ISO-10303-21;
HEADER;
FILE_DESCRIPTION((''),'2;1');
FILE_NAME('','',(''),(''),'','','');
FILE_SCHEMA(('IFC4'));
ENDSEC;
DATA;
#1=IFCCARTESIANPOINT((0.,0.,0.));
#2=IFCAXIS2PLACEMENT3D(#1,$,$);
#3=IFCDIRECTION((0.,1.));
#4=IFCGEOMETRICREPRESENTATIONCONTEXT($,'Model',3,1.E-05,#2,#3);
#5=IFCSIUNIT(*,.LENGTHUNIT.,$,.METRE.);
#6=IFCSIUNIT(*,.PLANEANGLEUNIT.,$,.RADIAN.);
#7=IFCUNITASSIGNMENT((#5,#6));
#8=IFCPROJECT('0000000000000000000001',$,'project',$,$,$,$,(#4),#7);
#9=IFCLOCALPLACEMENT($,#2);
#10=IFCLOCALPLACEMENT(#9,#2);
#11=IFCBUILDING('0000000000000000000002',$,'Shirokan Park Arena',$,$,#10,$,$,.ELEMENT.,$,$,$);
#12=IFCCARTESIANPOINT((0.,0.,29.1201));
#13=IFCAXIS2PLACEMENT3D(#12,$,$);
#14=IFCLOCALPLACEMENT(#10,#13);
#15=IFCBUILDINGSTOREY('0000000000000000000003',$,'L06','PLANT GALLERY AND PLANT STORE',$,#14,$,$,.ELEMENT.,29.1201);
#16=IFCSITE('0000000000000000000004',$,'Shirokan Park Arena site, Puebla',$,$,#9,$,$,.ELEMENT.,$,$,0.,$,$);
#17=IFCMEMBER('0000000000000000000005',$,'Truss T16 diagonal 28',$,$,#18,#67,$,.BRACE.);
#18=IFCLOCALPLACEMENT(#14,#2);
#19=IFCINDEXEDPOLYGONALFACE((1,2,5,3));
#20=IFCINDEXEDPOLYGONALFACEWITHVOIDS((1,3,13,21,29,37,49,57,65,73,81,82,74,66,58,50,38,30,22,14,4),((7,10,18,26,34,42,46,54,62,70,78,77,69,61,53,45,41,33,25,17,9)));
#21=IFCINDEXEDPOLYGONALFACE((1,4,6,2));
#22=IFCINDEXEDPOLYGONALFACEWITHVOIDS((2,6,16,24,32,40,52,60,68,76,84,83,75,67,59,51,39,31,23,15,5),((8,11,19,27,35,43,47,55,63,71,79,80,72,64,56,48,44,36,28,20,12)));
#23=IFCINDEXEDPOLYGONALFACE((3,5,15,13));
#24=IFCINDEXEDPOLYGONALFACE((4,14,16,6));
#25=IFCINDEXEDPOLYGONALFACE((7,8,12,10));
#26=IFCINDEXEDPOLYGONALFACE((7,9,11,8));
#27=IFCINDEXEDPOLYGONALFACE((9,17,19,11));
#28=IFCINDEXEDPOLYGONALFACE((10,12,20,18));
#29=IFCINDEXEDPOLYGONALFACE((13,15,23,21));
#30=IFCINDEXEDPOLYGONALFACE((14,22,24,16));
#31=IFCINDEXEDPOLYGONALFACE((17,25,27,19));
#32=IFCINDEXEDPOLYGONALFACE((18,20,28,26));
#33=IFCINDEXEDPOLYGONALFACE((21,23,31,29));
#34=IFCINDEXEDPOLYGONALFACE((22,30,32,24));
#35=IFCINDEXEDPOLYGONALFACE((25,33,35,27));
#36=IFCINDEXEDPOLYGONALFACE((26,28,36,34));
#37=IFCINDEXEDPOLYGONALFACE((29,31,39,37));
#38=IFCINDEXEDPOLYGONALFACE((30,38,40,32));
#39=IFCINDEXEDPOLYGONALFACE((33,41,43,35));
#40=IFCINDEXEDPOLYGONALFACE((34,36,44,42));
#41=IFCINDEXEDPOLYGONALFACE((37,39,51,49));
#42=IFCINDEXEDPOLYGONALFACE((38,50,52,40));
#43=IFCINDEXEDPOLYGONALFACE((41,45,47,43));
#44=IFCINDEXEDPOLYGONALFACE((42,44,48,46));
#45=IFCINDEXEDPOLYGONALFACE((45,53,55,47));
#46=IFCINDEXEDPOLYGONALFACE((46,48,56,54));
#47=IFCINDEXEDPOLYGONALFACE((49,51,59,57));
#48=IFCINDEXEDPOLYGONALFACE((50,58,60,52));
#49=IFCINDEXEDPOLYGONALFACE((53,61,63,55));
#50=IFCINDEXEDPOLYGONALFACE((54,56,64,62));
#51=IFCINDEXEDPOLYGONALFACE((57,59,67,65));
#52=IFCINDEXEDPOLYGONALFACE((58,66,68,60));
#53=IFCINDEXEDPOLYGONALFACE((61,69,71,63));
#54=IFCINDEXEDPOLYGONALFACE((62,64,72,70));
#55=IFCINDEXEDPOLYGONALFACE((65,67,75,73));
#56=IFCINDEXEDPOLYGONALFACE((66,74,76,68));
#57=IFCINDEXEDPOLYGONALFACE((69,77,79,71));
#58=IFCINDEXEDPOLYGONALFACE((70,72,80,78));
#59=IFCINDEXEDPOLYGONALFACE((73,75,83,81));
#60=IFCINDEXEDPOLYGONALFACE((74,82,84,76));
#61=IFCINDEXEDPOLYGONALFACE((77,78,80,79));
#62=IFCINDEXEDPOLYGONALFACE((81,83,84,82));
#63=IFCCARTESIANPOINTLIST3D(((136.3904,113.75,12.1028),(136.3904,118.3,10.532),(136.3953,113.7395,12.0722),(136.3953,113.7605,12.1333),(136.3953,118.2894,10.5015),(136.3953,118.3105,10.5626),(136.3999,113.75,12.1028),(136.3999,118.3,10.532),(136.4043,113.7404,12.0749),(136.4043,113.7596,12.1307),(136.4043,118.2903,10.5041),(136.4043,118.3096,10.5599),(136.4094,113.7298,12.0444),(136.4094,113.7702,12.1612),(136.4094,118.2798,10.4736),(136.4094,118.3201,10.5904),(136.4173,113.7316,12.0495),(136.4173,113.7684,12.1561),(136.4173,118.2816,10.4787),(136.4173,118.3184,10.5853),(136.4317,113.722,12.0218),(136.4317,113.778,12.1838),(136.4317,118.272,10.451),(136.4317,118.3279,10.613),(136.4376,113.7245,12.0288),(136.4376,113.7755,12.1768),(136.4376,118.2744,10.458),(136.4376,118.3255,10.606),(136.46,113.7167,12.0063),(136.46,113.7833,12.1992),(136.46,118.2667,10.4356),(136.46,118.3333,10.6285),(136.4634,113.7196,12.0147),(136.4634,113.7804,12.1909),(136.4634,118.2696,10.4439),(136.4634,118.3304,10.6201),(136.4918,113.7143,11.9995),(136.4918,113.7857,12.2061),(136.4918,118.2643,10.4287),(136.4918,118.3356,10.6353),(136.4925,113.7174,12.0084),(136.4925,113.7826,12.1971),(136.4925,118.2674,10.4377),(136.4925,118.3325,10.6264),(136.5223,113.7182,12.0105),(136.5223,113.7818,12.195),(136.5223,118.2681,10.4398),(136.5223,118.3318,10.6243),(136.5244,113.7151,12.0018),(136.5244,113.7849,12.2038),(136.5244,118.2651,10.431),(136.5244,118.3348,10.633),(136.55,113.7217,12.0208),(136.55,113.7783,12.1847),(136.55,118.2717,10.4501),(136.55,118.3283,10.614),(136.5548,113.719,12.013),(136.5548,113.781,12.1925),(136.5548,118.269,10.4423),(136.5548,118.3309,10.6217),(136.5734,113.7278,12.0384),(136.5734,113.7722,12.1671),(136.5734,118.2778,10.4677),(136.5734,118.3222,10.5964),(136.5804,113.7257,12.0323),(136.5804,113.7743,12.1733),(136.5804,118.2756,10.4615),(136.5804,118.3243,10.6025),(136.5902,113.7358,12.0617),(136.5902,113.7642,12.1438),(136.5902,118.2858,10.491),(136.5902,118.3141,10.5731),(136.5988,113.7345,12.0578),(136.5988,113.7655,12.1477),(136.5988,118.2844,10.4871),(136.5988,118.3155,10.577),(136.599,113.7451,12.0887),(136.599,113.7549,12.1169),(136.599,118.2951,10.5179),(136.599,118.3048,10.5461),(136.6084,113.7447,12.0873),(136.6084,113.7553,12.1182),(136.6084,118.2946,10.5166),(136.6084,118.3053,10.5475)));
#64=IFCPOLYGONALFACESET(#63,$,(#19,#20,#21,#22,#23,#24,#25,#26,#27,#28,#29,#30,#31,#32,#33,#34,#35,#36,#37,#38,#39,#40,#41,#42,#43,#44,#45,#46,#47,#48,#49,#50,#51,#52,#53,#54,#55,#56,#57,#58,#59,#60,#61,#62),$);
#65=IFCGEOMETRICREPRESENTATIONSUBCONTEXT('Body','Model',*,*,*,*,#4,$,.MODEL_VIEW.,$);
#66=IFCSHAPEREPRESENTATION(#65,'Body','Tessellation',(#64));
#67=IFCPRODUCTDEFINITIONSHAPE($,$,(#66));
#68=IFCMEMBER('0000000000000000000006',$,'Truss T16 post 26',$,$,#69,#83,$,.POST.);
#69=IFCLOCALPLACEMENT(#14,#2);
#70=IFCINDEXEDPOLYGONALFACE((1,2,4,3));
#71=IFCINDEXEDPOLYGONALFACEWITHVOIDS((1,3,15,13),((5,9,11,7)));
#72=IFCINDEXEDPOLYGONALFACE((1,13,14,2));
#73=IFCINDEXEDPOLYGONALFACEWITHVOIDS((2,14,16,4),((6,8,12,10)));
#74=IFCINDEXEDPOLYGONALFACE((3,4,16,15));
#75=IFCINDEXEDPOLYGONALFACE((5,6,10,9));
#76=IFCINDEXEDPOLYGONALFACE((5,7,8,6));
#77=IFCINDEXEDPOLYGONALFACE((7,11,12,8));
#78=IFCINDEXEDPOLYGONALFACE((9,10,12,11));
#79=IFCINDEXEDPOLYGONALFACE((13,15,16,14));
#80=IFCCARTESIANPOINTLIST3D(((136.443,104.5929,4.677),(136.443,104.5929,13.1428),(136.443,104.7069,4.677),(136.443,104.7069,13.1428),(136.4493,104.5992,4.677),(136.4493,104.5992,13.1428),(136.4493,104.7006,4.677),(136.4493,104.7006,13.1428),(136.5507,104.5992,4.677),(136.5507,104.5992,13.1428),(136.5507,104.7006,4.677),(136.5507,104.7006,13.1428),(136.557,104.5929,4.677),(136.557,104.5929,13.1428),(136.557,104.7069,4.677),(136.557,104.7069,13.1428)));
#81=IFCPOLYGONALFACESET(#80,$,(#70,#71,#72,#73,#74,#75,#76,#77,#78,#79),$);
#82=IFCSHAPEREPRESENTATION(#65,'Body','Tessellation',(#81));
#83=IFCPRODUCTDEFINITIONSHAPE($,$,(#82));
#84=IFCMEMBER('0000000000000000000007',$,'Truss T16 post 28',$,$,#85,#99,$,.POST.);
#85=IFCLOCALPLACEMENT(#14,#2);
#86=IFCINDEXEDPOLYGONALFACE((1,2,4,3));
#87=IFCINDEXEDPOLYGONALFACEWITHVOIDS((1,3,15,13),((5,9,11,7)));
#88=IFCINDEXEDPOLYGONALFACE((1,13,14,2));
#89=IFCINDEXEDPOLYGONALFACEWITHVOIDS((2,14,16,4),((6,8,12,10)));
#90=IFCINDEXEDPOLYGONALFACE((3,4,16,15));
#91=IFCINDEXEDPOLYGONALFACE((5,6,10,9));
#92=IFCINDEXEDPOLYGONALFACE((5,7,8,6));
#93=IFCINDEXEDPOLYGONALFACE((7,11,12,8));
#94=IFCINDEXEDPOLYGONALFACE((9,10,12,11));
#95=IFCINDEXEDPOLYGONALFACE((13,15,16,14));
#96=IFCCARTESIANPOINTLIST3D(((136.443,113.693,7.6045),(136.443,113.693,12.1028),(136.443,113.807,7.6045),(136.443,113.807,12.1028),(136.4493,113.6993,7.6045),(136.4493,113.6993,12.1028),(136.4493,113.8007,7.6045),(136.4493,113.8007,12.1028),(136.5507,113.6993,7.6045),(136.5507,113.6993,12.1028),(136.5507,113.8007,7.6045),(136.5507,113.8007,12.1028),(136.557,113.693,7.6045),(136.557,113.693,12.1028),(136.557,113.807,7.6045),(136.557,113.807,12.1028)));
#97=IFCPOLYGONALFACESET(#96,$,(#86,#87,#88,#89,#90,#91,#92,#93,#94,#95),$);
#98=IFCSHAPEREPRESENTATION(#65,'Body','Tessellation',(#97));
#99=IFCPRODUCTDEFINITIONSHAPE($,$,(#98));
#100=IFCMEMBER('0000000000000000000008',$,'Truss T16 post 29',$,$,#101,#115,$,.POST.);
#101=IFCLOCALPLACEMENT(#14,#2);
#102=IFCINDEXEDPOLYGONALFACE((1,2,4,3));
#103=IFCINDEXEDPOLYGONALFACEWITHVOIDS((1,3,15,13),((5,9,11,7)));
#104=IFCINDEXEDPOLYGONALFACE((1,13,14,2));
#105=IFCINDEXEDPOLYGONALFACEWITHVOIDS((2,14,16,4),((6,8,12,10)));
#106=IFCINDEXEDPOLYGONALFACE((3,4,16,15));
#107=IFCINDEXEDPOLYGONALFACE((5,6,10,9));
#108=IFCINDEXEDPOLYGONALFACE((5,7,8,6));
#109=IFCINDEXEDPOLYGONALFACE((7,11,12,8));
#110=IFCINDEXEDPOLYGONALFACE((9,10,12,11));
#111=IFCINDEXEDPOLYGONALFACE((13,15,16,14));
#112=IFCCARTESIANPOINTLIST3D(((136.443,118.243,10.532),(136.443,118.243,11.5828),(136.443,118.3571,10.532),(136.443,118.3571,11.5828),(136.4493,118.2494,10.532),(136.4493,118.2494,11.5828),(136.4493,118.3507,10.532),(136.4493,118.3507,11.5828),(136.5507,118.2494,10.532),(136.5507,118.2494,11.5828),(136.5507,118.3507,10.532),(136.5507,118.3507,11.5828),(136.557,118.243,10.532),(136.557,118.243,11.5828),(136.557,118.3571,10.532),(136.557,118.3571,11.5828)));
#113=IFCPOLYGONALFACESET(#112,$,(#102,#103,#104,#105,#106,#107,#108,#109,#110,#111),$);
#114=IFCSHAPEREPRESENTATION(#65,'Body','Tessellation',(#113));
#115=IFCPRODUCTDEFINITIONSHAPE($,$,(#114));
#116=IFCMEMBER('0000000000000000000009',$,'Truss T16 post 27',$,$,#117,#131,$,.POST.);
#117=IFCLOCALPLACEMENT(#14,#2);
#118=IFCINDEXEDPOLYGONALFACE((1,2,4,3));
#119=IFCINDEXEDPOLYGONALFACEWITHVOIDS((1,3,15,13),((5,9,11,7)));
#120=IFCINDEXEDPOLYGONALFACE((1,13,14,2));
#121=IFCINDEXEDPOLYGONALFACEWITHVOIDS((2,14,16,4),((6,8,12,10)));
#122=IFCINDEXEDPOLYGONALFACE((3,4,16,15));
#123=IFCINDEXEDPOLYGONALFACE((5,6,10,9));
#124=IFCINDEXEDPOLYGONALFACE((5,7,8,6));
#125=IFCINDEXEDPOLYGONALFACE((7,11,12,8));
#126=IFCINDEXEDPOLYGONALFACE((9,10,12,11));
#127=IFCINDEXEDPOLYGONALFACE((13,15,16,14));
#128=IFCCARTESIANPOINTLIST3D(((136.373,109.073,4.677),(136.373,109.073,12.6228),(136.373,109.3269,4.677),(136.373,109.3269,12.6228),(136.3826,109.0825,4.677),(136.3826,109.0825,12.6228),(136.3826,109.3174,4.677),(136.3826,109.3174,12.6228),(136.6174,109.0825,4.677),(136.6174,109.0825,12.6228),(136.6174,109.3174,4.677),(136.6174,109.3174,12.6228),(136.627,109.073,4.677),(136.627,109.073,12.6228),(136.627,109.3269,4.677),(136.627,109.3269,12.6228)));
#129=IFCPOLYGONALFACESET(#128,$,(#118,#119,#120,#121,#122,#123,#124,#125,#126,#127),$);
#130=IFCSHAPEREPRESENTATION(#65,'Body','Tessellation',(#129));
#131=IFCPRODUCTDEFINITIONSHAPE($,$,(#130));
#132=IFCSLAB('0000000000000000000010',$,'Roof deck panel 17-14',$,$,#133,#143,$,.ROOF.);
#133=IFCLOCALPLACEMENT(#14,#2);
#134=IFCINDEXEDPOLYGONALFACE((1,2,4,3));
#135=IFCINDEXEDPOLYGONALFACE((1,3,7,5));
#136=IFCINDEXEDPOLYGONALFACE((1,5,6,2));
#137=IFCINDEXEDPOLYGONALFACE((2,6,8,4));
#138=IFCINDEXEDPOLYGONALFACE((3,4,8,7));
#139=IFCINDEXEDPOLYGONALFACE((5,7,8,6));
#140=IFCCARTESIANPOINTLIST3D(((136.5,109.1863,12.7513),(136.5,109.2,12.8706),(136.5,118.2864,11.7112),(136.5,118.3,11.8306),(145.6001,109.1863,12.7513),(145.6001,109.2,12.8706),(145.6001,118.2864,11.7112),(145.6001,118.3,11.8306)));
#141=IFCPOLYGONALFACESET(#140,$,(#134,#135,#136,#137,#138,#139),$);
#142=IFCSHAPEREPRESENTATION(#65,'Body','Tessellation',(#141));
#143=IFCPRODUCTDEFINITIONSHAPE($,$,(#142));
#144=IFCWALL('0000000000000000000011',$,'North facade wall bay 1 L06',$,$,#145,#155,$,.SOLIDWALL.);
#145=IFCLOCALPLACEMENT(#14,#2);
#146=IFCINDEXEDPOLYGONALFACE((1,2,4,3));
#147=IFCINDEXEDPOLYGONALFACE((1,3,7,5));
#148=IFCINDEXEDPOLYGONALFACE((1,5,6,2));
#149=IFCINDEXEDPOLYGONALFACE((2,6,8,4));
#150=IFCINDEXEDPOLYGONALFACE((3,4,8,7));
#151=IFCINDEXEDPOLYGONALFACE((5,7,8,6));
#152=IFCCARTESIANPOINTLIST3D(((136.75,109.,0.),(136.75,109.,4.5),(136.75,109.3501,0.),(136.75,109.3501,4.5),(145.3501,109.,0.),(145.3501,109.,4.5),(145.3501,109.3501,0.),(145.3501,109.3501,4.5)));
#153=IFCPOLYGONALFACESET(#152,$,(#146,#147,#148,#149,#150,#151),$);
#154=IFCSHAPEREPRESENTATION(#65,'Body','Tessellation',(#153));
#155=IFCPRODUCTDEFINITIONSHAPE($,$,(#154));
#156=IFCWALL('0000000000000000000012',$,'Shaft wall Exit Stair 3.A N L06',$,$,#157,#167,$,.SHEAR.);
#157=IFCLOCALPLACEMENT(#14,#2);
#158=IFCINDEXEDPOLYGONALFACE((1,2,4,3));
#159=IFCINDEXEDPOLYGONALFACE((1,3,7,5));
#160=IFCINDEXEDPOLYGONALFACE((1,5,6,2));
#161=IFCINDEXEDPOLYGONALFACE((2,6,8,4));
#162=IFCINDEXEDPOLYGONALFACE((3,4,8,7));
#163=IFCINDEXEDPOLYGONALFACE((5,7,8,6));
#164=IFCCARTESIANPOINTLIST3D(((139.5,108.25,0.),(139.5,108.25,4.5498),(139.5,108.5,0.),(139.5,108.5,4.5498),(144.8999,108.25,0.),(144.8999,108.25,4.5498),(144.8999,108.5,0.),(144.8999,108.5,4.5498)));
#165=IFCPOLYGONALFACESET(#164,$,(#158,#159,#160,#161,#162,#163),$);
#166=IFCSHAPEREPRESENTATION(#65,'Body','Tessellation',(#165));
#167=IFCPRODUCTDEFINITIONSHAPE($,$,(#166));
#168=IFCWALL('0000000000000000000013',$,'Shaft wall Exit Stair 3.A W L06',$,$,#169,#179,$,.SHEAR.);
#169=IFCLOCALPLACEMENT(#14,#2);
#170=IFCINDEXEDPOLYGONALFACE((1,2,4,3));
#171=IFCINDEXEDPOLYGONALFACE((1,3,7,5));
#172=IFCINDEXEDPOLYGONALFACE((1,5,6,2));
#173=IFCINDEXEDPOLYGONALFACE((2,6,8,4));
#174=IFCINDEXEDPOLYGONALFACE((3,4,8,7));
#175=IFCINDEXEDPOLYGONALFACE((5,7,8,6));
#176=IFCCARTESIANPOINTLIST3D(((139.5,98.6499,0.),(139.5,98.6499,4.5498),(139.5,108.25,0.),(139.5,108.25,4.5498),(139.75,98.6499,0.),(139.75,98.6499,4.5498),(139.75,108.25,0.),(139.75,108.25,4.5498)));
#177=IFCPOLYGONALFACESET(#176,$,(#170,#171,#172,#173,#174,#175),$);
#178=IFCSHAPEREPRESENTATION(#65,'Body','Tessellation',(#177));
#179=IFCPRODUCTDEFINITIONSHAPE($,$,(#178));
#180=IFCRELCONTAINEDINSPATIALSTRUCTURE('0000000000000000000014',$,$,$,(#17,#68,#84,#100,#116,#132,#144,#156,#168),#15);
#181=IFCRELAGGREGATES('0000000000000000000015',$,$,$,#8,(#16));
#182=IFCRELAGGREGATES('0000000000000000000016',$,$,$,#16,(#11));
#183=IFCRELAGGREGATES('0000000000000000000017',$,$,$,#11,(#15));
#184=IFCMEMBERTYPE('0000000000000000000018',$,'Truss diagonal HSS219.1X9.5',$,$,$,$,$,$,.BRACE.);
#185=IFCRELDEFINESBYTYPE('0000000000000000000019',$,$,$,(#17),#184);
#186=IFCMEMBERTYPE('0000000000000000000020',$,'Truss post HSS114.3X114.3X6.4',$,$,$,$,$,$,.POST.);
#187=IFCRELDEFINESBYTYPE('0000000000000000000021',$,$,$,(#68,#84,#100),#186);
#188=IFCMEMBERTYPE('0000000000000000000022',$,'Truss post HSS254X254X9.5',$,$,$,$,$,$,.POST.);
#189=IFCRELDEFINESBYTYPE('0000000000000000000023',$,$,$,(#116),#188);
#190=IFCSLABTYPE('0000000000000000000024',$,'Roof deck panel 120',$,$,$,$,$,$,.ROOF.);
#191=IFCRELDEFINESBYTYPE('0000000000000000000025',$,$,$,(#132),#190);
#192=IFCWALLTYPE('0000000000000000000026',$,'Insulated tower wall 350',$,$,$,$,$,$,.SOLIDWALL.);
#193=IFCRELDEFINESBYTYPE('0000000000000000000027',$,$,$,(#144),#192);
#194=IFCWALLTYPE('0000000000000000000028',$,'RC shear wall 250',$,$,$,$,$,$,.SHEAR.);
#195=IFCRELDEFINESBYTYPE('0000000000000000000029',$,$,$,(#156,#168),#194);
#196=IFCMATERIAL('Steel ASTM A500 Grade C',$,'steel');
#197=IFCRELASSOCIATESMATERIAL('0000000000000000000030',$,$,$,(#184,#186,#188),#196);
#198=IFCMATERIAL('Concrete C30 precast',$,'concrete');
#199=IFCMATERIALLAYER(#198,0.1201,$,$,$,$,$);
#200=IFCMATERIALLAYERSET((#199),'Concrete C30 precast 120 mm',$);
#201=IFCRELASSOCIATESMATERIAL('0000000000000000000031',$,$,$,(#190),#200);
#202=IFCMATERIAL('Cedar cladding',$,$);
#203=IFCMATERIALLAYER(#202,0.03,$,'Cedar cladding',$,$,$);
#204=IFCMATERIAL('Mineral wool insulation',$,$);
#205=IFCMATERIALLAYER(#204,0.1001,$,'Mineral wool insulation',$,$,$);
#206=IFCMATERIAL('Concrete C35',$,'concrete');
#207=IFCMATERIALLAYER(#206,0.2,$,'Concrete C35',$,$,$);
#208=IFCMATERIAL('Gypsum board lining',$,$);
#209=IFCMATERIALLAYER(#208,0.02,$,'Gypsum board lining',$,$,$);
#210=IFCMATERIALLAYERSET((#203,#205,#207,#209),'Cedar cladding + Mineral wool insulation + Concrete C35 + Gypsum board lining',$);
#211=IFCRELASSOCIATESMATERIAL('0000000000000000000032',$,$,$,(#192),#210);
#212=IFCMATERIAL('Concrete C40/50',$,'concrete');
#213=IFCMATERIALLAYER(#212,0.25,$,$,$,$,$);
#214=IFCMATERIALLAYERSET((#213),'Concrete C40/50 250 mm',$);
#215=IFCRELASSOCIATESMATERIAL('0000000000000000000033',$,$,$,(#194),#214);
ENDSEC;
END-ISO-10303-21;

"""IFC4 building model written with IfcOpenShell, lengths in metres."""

from ifc_helpers import new_model, si_unit, direction, frame, frame_2d, origin, origin_2d, place, context, subcontext, project, spatial, polyline, rectangle, hollow_rectangle, hollow_circle, outline, extrude, material, layer, layer_set, material_profile, profile_set, type_object, element, save


model = new_model("IFC4")

# Units and contexts
model_context = context("Model", 3, precision=1e-05, world=origin(), true_north=direction((0.0, 1.0)))
body_context = subcontext(model_context, "Body", "Model", "MODEL_VIEW")
ifc_project = project(units=[si_unit("LENGTHUNIT", "METRE"), si_unit("PLANEANGLEUNIT", "RADIAN")], contexts=[model_context])

# Site, building, storey
site_placement = place(None, origin())
site = spatial("IfcSite", under=ifc_project, at=site_placement, Name="Shirokan Park Arena site, Puebla", CompositionType="ELEMENT", RefElevation=0.0)
building_placement = place(site_placement, origin())
building = spatial("IfcBuilding", under=site, at=building_placement, Name="Shirokan Park Arena", CompositionType="ELEMENT")
storey_placement = place(building_placement, frame((0.0, 0.0, 29.1201)))
storey = spatial("IfcBuildingStorey", under=building, at=storey_placement, Name="L06", Description="PLANT GALLERY AND PLANT STORE", CompositionType="ELEMENT", Elevation=29.1201)

# Shared definitions
ifc_material_1 = material(Name="Concrete C35", Category="concrete")

# Shared definitions
ifc_material_2 = material(Name="Steel ASTM A500 Grade C", Category="steel")

# Members
ifc_material_profile_1 = material_profile(ifc_material_2, hollow_circle(Radius=0.1096, WallThickness=0.0095, at=origin_2d()), Name="HSS219.1X9.5")
ifc_profile_set_1 = profile_set([ifc_material_profile_1], Name="Steel ASTM A500 Grade C")
member_type_1 = type_object("IfcMemberType", Name="Truss diagonal HSS219.1X9.5", PredefinedType="BRACE", material=ifc_profile_set_1)
member_1_placement = place(storey_placement, frame((136.5, 113.75, 12.1028), z_axis=(0.0, 0.945256, -0.326328), x_axis=(-1.0, 0.0, 0.0)))
element("IfcMember", 1, at=member_1_placement, inside=storey, type_object=member_type_1, Name="Truss T16 diagonal 28", PredefinedType="BRACE", context=body_context, shape_type="SweptSolid", body=[
    extrude(hollow_circle(Radius=0.1096, WallThickness=0.0095, at=origin_2d()), origin(), (0.0, 0.0, 1.0), 4.8135),
])
ifc_material_profile_2 = material_profile(ifc_material_2, hollow_rectangle(XDim=0.114, YDim=0.114, WallThickness=0.0063, at=origin_2d()), Name="HSS114.3X114.3X6.4")
ifc_profile_set_2 = profile_set([ifc_material_profile_2], Name="Steel ASTM A500 Grade C")
member_type_2 = type_object("IfcMemberType", Name="Truss post HSS114.3X114.3X6.4", PredefinedType="POST", material=ifc_profile_set_2)
member_2_placement = place(storey_placement, frame((136.5, 104.6499, 4.677), z_axis=(0.0, 0.0, 1.0), x_axis=(1.0, 0.0, 0.0)))
element("IfcMember", 2, at=member_2_placement, inside=storey, type_object=member_type_2, Name="Truss T16 post 26", PredefinedType="POST", context=body_context, shape_type="SweptSolid", body=[
    extrude(hollow_rectangle(XDim=0.114, YDim=0.114, WallThickness=0.0063, at=origin_2d()), origin(), (0.0, 0.0, 1.0), 8.4658),
])
member_3_placement = place(storey_placement, frame((136.5, 113.75, 7.6045), z_axis=(0.0, 0.0, 1.0), x_axis=(1.0, 0.0, 0.0)))
element("IfcMember", 3, at=member_3_placement, inside=storey, type_object=member_type_2, Name="Truss T16 post 28", PredefinedType="POST", context=body_context, shape_type="SweptSolid", body=[
    extrude(hollow_rectangle(XDim=0.114, YDim=0.114, WallThickness=0.0063, at=origin_2d()), origin(), (0.0, 0.0, 1.0), 4.4983),
])
member_4_placement = place(storey_placement, frame((136.5, 118.3, 10.532), z_axis=(0.0, 0.0, 1.0), x_axis=(1.0, 0.0, 0.0)))
element("IfcMember", 4, at=member_4_placement, inside=storey, type_object=member_type_2, Name="Truss T16 post 29", PredefinedType="POST", context=body_context, shape_type="SweptSolid", body=[
    extrude(hollow_rectangle(XDim=0.114, YDim=0.114, WallThickness=0.0063, at=origin_2d()), origin(), (0.0, 0.0, 1.0), 1.0508),
])
ifc_material_profile_3 = material_profile(ifc_material_2, hollow_rectangle(XDim=0.2539, YDim=0.2539, WallThickness=0.0095, at=origin_2d()), Name="HSS254X254X9.5")
ifc_profile_set_3 = profile_set([ifc_material_profile_3], Name="Steel ASTM A500 Grade C")
member_type_3 = type_object("IfcMemberType", Name="Truss post HSS254X254X9.5", PredefinedType="POST", material=ifc_profile_set_3)
member_5_placement = place(storey_placement, frame((136.5, 109.2, 4.677), z_axis=(0.0, 0.0, 1.0), x_axis=(1.0, 0.0, 0.0)))
element("IfcMember", 5, at=member_5_placement, inside=storey, type_object=member_type_3, Name="Truss T16 post 27", PredefinedType="POST", context=body_context, shape_type="SweptSolid", body=[
    extrude(hollow_rectangle(XDim=0.2539, YDim=0.2539, WallThickness=0.0095, at=origin_2d()), origin(), (0.0, 0.0, 1.0), 7.9458),
])

# Slab
ifc_material_3 = material(Name="Concrete C30 precast", Category="concrete")
ifc_layer_1 = layer(ifc_material_3, 0.1201)
ifc_layer_set_1 = layer_set([ifc_layer_1], Name="Concrete C30 precast 120 mm")
slab_type = type_object("IfcSlabType", Name="Roof deck panel 120", PredefinedType="ROOF", material=ifc_layer_set_1)
slab_placement = place(storey_placement, frame((136.5, 109.2, 12.8706), z_axis=(0.0, 0.11355, 0.993532), x_axis=(1.0, 0.0, 0.0)))
element("IfcSlab", 6, at=slab_placement, inside=storey, type_object=slab_type, Name="Roof deck panel 17-14", PredefinedType="ROOF", context=body_context, shape_type="SweptSolid", body=[
    extrude(outline(polyline([(0.0, 0.0), (9.1001, 0.0), (9.1001, 9.1593), (0.0, 9.1593), (0.0, 0.0)])), origin(), (0.0, 0.0, -1.0), 0.1201),
])

# Walls
ifc_material_4 = material(Name="Cedar cladding")
ifc_layer_2 = layer(ifc_material_4, 0.03, Name="Cedar cladding")
ifc_material_5 = material(Name="Mineral wool insulation")
ifc_layer_3 = layer(ifc_material_5, 0.1001, Name="Mineral wool insulation")
ifc_layer_4 = layer(ifc_material_1, 0.2, Name="Concrete C35")
ifc_material_6 = material(Name="Gypsum board lining")
ifc_layer_5 = layer(ifc_material_6, 0.02, Name="Gypsum board lining")
ifc_layer_set_2 = layer_set([ifc_layer_2, ifc_layer_3, ifc_layer_4, ifc_layer_5], Name="Cedar cladding + Mineral wool insulation + Concrete C35 + Gypsum board lining")
wall_type_1 = type_object("IfcWallType", Name="Insulated tower wall 350", PredefinedType="SOLIDWALL", material=ifc_layer_set_2)
wall_1_placement = place(storey_placement, frame((145.3501, 109.175, 0.0), z_axis=(0.0, 0.0, 1.0), x_axis=(-1.0, 0.0, 0.0)))
element("IfcWall", 7, at=wall_1_placement, inside=storey, type_object=wall_type_1, Name="North facade wall bay 1 L06", PredefinedType="SOLIDWALL", context=body_context, shape_type="SweptSolid", body=[
    extrude(rectangle(XDim=8.6001, YDim=0.3501, at=frame_2d((4.3, 0.0))), origin(), (0.0, 0.0, 1.0), 4.5),
])
ifc_material_7 = material(Name="Concrete C40/50", Category="concrete")
ifc_layer_6 = layer(ifc_material_7, 0.25)
ifc_layer_set_3 = layer_set([ifc_layer_6], Name="Concrete C40/50 250 mm")
wall_type_2 = type_object("IfcWallType", Name="RC shear wall 250", PredefinedType="SHEAR", material=ifc_layer_set_3)
wall_2_placement = place(storey_placement, frame((144.8999, 108.375, 0.0), z_axis=(0.0, 0.0, 1.0), x_axis=(-1.0, 0.0, 0.0)))
element("IfcWall", 8, at=wall_2_placement, inside=storey, type_object=wall_type_2, Name="Shaft wall Exit Stair 3.A N L06", PredefinedType="SHEAR", context=body_context, shape_type="SweptSolid", body=[
    extrude(rectangle(XDim=5.3999, YDim=0.25, at=frame_2d((2.7, 0.0))), origin(), (0.0, 0.0, 1.0), 4.5498),
])
for number, where, z_axis, x_axis, name in (
    (9, (139.625, 108.25, 0.0), (0.0, 0.0, 1.0), (0.0, -1.0, 0.0), "Shaft wall Exit Stair 3.A W L06"),
):
    element("IfcWall", number, at=place(storey_placement, frame(where, z_axis=z_axis, x_axis=x_axis)), inside=storey, type_object=wall_type_2, Name=name, PredefinedType="SHEAR", context=body_context, shape_type="SweptSolid", body=[
        extrude(rectangle(XDim=9.6001, YDim=0.25, at=frame_2d((4.8, 0.0))), origin(), (0.0, 0.0, 1.0), 4.5498),
    ])

save(model, "model.ifc")
